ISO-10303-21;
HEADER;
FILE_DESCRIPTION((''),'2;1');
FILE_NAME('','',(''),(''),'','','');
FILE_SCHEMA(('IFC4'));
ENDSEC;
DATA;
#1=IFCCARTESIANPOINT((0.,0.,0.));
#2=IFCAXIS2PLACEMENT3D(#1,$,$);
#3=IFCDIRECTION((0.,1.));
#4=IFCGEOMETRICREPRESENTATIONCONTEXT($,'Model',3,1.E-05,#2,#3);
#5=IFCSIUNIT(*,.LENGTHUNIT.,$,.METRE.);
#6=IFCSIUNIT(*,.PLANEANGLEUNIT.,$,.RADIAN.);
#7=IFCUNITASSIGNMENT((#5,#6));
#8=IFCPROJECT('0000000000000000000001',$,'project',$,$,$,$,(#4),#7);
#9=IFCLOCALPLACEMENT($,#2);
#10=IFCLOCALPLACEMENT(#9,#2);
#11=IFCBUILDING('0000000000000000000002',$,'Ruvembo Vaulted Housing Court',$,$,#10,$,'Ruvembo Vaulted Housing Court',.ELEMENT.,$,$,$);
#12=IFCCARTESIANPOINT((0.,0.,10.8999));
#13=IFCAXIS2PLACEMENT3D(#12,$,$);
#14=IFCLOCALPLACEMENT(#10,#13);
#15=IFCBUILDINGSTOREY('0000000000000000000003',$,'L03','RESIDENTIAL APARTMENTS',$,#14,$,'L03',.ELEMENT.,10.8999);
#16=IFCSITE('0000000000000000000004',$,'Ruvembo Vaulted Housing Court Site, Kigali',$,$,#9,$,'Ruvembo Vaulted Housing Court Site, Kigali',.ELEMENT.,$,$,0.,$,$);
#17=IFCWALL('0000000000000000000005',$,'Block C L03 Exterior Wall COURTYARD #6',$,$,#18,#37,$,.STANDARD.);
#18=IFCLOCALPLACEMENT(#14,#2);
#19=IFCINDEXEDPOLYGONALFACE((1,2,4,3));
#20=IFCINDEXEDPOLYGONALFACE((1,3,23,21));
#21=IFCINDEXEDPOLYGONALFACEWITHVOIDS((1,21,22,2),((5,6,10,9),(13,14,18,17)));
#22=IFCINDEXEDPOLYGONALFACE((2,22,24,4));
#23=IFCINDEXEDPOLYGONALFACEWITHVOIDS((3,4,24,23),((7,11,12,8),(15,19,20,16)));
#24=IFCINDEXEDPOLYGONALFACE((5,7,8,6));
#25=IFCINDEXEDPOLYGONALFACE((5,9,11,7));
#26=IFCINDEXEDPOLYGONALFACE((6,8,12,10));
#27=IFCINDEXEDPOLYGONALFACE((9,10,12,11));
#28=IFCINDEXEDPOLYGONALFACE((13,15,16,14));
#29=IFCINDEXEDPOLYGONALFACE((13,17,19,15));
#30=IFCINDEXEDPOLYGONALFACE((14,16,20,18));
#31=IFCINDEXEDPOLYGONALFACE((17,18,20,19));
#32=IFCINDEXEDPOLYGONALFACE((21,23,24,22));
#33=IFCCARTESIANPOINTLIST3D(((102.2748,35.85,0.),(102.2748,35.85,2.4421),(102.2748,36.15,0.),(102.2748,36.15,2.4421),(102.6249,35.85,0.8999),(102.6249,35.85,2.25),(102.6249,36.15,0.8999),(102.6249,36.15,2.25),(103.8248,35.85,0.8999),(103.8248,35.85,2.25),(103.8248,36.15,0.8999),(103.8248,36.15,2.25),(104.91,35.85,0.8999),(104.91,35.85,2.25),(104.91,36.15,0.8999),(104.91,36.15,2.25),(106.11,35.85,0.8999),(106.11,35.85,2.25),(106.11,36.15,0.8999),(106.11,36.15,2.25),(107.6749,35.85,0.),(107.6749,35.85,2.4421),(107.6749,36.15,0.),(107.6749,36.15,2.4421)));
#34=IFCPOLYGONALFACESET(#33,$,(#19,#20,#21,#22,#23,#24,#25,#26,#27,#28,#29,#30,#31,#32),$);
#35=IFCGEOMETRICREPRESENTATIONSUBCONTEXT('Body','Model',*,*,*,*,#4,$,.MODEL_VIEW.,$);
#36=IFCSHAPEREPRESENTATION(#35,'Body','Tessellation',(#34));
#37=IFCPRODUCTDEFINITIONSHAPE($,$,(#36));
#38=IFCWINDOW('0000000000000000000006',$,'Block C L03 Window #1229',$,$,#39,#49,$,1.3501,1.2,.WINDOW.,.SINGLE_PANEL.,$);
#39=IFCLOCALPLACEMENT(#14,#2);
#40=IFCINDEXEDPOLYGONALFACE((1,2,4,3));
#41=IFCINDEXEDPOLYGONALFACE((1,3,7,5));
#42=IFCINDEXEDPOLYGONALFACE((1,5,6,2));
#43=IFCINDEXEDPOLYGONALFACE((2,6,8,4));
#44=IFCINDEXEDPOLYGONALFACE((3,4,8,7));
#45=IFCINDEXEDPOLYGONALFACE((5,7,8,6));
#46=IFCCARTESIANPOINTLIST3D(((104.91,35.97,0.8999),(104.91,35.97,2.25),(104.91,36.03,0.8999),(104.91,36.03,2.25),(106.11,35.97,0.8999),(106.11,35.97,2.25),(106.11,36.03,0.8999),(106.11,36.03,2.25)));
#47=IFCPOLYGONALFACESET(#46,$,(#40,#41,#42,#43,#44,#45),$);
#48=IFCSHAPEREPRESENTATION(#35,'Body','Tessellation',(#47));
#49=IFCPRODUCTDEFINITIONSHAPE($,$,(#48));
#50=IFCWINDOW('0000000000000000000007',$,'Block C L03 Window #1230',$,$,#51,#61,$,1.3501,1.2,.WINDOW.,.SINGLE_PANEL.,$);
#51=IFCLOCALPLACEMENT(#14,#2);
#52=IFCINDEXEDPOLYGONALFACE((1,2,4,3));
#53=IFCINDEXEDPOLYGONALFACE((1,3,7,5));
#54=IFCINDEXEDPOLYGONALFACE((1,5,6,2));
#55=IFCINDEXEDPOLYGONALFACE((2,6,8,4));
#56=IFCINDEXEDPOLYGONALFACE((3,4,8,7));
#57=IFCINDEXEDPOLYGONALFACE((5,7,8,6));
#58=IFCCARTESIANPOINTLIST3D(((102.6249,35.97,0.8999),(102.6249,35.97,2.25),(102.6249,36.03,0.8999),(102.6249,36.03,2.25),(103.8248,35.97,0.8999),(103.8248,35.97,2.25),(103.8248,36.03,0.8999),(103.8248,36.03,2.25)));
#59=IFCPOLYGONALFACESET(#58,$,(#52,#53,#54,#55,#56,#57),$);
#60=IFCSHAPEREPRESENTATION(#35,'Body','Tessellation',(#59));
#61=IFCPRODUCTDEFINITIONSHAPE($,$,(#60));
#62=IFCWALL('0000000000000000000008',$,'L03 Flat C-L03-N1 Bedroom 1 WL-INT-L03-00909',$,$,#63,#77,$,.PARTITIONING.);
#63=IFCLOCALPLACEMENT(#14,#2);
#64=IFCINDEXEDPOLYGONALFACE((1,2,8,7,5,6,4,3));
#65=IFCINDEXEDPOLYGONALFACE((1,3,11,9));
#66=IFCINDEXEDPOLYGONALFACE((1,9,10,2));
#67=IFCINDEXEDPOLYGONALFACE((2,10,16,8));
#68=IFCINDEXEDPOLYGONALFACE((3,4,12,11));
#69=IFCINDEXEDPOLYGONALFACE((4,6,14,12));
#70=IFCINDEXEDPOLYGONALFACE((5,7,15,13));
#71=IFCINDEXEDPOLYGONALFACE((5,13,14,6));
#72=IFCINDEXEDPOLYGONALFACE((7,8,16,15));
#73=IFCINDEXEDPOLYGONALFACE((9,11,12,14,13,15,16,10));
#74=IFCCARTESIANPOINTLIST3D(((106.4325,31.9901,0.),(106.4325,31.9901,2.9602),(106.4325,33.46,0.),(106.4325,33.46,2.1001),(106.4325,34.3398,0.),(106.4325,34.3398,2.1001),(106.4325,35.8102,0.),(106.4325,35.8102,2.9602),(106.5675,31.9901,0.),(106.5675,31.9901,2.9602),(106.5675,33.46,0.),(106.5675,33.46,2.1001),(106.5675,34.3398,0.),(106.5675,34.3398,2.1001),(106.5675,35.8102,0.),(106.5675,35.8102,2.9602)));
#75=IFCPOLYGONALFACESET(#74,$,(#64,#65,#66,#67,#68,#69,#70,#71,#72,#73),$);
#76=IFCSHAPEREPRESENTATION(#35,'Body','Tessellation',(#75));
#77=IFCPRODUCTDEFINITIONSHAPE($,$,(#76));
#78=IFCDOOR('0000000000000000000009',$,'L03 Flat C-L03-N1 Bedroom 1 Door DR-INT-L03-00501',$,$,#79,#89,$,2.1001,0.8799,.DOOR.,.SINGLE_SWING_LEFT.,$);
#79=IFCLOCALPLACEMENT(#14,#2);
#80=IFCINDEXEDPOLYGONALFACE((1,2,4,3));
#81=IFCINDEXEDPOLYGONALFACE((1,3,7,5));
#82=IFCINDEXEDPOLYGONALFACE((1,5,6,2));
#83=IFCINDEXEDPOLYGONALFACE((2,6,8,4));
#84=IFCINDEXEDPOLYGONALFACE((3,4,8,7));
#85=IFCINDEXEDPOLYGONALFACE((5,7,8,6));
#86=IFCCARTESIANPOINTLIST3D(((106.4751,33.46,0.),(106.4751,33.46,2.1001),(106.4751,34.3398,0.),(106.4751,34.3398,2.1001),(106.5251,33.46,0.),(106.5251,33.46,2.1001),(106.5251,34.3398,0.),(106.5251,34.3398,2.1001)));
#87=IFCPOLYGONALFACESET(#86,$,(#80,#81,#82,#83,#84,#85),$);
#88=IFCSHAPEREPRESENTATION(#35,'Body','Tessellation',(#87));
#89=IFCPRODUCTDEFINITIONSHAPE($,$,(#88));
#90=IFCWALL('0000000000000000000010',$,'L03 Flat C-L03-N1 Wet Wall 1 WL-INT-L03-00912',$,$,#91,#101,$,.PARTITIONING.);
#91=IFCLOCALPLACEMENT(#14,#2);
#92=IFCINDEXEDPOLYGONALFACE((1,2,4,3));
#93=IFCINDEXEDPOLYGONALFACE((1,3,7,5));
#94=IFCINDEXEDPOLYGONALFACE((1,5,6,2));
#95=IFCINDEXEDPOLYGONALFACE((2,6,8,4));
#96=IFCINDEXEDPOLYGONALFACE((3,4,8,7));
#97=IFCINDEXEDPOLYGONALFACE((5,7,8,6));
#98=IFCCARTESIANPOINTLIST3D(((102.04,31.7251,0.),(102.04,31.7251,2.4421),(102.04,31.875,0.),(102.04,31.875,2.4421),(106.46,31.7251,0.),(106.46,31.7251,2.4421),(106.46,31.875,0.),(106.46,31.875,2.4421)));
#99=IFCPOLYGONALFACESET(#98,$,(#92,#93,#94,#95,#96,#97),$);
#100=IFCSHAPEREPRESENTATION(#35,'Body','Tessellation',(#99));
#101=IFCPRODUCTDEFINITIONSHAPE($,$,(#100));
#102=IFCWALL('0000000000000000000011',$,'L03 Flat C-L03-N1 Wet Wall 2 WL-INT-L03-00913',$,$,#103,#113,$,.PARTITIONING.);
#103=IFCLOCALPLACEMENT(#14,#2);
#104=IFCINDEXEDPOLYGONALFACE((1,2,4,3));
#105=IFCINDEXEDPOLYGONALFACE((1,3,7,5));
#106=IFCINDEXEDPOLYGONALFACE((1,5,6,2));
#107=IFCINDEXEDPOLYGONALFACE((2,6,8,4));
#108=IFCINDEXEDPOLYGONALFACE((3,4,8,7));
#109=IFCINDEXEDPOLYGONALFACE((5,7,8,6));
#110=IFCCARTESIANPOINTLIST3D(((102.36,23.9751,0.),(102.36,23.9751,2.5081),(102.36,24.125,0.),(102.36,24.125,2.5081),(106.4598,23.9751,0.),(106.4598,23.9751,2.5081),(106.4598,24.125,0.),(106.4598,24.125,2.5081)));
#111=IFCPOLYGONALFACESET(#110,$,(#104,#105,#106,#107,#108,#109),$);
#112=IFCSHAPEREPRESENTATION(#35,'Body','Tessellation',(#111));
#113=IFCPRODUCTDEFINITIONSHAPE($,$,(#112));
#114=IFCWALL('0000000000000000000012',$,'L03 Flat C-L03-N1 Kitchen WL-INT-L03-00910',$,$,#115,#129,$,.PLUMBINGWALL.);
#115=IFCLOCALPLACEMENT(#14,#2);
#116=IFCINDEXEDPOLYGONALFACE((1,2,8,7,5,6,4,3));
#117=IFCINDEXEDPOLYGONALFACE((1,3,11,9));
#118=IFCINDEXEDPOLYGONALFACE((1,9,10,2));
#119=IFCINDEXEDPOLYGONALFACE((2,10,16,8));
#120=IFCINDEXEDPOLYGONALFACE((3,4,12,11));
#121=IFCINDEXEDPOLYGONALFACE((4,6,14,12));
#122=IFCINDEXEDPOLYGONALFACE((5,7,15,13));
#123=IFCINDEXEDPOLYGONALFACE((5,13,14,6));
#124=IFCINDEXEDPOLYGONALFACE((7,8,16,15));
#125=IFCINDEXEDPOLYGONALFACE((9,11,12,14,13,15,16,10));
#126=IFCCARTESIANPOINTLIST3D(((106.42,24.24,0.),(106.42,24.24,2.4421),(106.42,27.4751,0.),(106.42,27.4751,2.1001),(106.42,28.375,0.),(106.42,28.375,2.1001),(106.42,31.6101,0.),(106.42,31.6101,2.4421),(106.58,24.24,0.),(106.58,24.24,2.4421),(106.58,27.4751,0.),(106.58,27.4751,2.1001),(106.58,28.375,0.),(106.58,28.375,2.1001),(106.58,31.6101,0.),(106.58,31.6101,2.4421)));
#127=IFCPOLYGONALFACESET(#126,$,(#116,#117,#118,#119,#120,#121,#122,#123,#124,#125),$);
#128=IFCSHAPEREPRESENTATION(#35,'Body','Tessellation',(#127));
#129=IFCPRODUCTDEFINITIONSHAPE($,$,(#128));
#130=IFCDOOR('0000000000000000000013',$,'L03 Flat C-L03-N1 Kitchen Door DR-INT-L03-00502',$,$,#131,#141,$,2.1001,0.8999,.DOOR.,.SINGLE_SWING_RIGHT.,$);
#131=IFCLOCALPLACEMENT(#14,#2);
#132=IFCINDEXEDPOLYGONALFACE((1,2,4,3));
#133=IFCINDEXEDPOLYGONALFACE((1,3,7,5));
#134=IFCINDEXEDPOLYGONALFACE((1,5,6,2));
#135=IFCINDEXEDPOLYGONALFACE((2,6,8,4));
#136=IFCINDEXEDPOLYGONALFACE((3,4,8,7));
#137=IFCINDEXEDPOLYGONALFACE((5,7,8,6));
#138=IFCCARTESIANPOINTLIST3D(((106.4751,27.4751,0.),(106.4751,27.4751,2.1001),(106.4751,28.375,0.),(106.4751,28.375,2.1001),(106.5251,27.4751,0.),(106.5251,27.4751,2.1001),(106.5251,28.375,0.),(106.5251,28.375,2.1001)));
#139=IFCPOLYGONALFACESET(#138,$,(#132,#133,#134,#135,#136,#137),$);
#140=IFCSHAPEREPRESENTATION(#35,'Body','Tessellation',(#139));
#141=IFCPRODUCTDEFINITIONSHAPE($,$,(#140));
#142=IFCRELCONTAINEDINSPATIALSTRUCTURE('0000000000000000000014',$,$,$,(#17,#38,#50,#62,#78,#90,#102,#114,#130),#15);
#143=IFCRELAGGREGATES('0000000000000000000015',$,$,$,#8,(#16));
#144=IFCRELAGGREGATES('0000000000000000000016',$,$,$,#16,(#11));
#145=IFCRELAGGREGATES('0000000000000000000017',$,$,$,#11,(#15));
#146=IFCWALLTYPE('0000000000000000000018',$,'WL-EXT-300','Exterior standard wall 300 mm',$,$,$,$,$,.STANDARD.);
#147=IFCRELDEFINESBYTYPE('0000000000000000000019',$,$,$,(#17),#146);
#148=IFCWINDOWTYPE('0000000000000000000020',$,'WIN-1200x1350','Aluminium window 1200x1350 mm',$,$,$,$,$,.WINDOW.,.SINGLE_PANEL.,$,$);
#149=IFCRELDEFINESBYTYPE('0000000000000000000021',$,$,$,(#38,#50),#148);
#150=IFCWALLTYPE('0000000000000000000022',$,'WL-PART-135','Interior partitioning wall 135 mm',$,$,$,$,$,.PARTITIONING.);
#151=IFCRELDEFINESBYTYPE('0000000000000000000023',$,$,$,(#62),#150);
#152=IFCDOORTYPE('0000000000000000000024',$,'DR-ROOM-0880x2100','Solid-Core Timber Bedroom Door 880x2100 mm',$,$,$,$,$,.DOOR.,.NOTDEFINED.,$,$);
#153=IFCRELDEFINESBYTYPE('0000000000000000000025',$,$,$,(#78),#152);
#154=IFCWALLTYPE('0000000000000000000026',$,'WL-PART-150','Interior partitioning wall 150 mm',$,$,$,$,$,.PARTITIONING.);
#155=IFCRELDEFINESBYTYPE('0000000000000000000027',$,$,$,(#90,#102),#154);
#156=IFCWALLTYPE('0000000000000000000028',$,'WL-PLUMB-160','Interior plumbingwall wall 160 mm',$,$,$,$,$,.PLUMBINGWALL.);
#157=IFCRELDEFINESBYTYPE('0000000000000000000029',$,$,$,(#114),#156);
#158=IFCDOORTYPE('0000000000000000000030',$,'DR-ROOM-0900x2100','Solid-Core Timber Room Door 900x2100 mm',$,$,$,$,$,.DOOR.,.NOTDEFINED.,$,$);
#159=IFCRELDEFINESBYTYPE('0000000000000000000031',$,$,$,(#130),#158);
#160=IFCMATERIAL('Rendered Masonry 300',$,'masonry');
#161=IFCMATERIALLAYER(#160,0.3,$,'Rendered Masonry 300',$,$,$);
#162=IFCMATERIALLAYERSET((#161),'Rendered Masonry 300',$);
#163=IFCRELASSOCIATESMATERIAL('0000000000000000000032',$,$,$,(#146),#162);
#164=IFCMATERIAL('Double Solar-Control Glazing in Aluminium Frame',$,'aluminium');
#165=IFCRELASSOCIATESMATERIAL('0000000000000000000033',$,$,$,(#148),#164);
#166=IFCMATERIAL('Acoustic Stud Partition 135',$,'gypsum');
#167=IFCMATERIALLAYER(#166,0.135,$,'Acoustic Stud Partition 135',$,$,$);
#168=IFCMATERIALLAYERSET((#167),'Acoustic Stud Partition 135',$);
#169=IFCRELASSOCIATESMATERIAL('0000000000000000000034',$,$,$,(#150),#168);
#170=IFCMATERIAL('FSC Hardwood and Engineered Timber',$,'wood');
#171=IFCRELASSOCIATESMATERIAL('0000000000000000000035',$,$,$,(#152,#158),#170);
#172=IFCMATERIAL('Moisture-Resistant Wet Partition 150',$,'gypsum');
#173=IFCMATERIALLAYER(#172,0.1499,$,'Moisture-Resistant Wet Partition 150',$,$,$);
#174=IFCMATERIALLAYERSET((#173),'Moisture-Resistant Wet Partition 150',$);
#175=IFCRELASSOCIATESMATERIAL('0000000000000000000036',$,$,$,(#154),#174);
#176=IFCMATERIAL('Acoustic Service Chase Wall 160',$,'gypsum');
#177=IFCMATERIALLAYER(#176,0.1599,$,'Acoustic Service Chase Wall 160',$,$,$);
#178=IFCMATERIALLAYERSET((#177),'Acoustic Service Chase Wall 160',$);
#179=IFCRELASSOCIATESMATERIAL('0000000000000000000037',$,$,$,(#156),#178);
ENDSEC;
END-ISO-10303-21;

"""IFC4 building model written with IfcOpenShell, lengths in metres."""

from ifc_helpers import new_model, si_unit, direction, frame, frame_2d, origin, place, context, subcontext, project, spatial, rectangle, extrude, material, layer, layer_set, type_object, element, fill, save


model = new_model("IFC4")

# Units and contexts
model_context = context("Model", 3, precision=1e-05, world=origin(), true_north=direction((0.0, 1.0)))
body_context = subcontext(model_context, "Body", "Model", "MODEL_VIEW")
ifc_project = project(units=[si_unit("LENGTHUNIT", "METRE"), si_unit("PLANEANGLEUNIT", "RADIAN")], contexts=[model_context])

# Site, building, storey
site_placement = place(None, origin())
site = spatial("IfcSite", under=ifc_project, at=site_placement, Name="Ruvembo Vaulted Housing Court Site, Kigali", LongName="Ruvembo Vaulted Housing Court Site, Kigali", CompositionType="ELEMENT", RefElevation=0.0)
building_placement = place(site_placement, origin())
building = spatial("IfcBuilding", under=site, at=building_placement, Name="Ruvembo Vaulted Housing Court", LongName="Ruvembo Vaulted Housing Court", CompositionType="ELEMENT")
storey_placement = place(building_placement, frame((0.0, 0.0, 10.8999)))
storey = spatial("IfcBuildingStorey", under=building, at=storey_placement, Name="L03", Description="RESIDENTIAL APARTMENTS", LongName="L03", CompositionType="ELEMENT", Elevation=10.8999)

# Wall, openings, windows
ifc_material_1 = material(Name="Rendered Masonry 300", Category="masonry")
ifc_layer_1 = layer(ifc_material_1, 0.3, Name="Rendered Masonry 300")
ifc_layer_set_1 = layer_set([ifc_layer_1], Name="Rendered Masonry 300")
wall_type_1 = type_object("IfcWallType", Name="WL-EXT-300", Description="Exterior standard wall 300 mm", PredefinedType="STANDARD", material=ifc_layer_set_1)
ifc_material_2 = material(Name="Double Solar-Control Glazing in Aluminium Frame", Category="aluminium")
wall_1_placement = place(storey_placement, frame((107.675, 36.0, 0.0), z_axis=(0.0, 0.0, 1.0), x_axis=(-1.0, 0.0, 0.0)))
wall_1 = element("IfcWall", 1, at=wall_1_placement, inside=storey, type_object=wall_type_1, Name="Block C L03 Exterior Wall COURTYARD #6", PredefinedType="STANDARD", context=body_context, shape_type="SweptSolid", body=[
    extrude(rectangle(XDim=5.4001, YDim=0.3, at=frame_2d((2.7002, 0.0))), origin(), (0.0, 0.0, 1.0), 2.4421),
])
opening_1_placement = place(wall_1_placement, frame((1.5649, 0.0, 0.8999)))
opening_1 = element("IfcOpeningElement", 2, at=opening_1_placement, cuts=wall_1, PredefinedType="OPENING", context=body_context, shape_type="SweptSolid", body=[
    extrude(rectangle(XDim=1.2, YDim=1.3501, at=frame_2d((0.6001, 0.675))), frame((0.0, 0.1599, 0.0), z_axis=(0.0, -1.0, 0.0), x_axis=(1.0, 0.0, 0.0)), (0.0, 0.0, 1.0), 0.3201),
])
opening_2_placement = place(wall_1_placement, frame((3.8501, 0.0, 0.8999)))
opening_2 = element("IfcOpeningElement", 3, at=opening_2_placement, cuts=wall_1, PredefinedType="OPENING", context=body_context, shape_type="SweptSolid", body=[
    extrude(rectangle(XDim=1.2, YDim=1.3501, at=frame_2d((0.6001, 0.675))), frame((0.0, 0.1599, 0.0), z_axis=(0.0, -1.0, 0.0), x_axis=(1.0, 0.0, 0.0)), (0.0, 0.0, 1.0), 0.3201),
])
window_type_1 = type_object("IfcWindowType", Name="WIN-1200x1350", Description="Aluminium window 1200x1350 mm", PartitioningType="SINGLE_PANEL", PredefinedType="WINDOW", material=ifc_material_2)
window_1_placement = place(opening_1_placement, origin())
window_1 = element("IfcWindow", 4, at=window_1_placement, inside=storey, type_object=window_type_1, Name="Block C L03 Window #1229", OverallHeight=1.3501, OverallWidth=1.2, PartitioningType="SINGLE_PANEL", PredefinedType="WINDOW", context=body_context, shape_type="SweptSolid", body=[
    extrude(rectangle(XDim=1.2, YDim=1.3501, at=frame_2d((0.6001, 0.675))), frame((0.0, 0.03, 0.0), z_axis=(0.0, -1.0, 0.0), x_axis=(1.0, 0.0, 0.0)), (0.0, 0.0, 1.0), 0.0601),
])
fill(opening_1, window_1)
window_2_placement = place(opening_2_placement, origin())
window_2 = element("IfcWindow", 5, at=window_2_placement, inside=storey, type_object=window_type_1, Name="Block C L03 Window #1230", OverallHeight=1.3501, OverallWidth=1.2, PartitioningType="SINGLE_PANEL", PredefinedType="WINDOW", context=body_context, shape_type="SweptSolid", body=[
    extrude(rectangle(XDim=1.2, YDim=1.3501, at=frame_2d((0.6001, 0.675))), frame((0.0, 0.03, 0.0), z_axis=(0.0, -1.0, 0.0), x_axis=(1.0, 0.0, 0.0)), (0.0, 0.0, 1.0), 0.0601),
])
fill(opening_2, window_2)

# Wall, opening, door
ifc_material_3 = material(Name="Acoustic Stud Partition 135", Category="gypsum")
ifc_layer_2 = layer(ifc_material_3, 0.135, Name="Acoustic Stud Partition 135")
ifc_layer_set_2 = layer_set([ifc_layer_2], Name="Acoustic Stud Partition 135")
wall_type_2 = type_object("IfcWallType", Name="WL-PART-135", Description="Interior partitioning wall 135 mm", PredefinedType="PARTITIONING", material=ifc_layer_set_2)
wall_2_placement = place(storey_placement, frame((106.5, 31.99, 0.0), z_axis=(0.0, 0.0, 1.0), x_axis=(0.0, 1.0, 0.0)))
wall_2 = element("IfcWall", 6, at=wall_2_placement, inside=storey, type_object=wall_type_2, Name="L03 Flat C-L03-N1 Bedroom 1 WL-INT-L03-00909", PredefinedType="PARTITIONING", context=body_context, shape_type="SweptSolid", body=[
    extrude(rectangle(XDim=3.8201, YDim=0.135, at=frame_2d((1.9102, 0.0))), origin(), (0.0, 0.0, 1.0), 2.9602),
])
opening_3_placement = place(wall_2_placement, frame((1.47, 0.0, 0.0)))
opening_3 = element("IfcOpeningElement", 7, at=opening_3_placement, cuts=wall_2, PredefinedType="OPENING", context=body_context, shape_type="SweptSolid", body=[
    extrude(rectangle(XDim=0.8799, YDim=2.1001, at=frame_2d((0.4399, 1.05))), frame((0.0, 0.0774, 0.0), z_axis=(0.0, -1.0, 0.0), x_axis=(1.0, 0.0, 0.0)), (0.0, 0.0, 1.0), 0.155),
])
ifc_material_4 = material(Name="FSC Hardwood and Engineered Timber", Category="wood")
door_type_1 = type_object("IfcDoorType", Name="DR-ROOM-0880x2100", Description="Solid-Core Timber Bedroom Door 880x2100 mm", OperationType="NOTDEFINED", PredefinedType="DOOR", material=ifc_material_4)
door_1_placement = place(opening_3_placement, origin())
door_1 = element("IfcDoor", 8, at=door_1_placement, inside=storey, type_object=door_type_1, Name="L03 Flat C-L03-N1 Bedroom 1 Door DR-INT-L03-00501", OperationType="SINGLE_SWING_LEFT", OverallHeight=2.1001, OverallWidth=0.8799, PredefinedType="DOOR", context=body_context, shape_type="SweptSolid", body=[
    extrude(rectangle(XDim=0.8799, YDim=2.1001, at=frame_2d((0.4399, 1.05))), frame((0.0, 0.0249, 0.0), z_axis=(0.0, -1.0, 0.0), x_axis=(1.0, 0.0, 0.0)), (0.0, 0.0, 1.0), 0.05),
])
fill(opening_3, door_1)

# Walls
ifc_material_5 = material(Name="Moisture-Resistant Wet Partition 150", Category="gypsum")
ifc_layer_3 = layer(ifc_material_5, 0.1499, Name="Moisture-Resistant Wet Partition 150")
ifc_layer_set_3 = layer_set([ifc_layer_3], Name="Moisture-Resistant Wet Partition 150")
wall_type_3 = type_object("IfcWallType", Name="WL-PART-150", Description="Interior partitioning wall 150 mm", PredefinedType="PARTITIONING", material=ifc_layer_set_3)
wall_3_placement = place(storey_placement, frame((102.04, 31.8, 0.0), z_axis=(0.0, 0.0, 1.0), x_axis=(1.0, 0.0, 0.0)))
element("IfcWall", 9, at=wall_3_placement, inside=storey, type_object=wall_type_3, Name="L03 Flat C-L03-N1 Wet Wall 1 WL-INT-L03-00912", PredefinedType="PARTITIONING", context=body_context, shape_type="SweptSolid", body=[
    extrude(rectangle(XDim=4.4199, YDim=0.1499, at=frame_2d((2.21, 0.0))), origin(), (0.0, 0.0, 1.0), 2.4421),
])
wall_4_placement = place(storey_placement, frame((102.3601, 24.05, 0.0), z_axis=(0.0, 0.0, 1.0), x_axis=(1.0, 0.0, 0.0)))
element("IfcWall", 10, at=wall_4_placement, inside=storey, type_object=wall_type_3, Name="L03 Flat C-L03-N1 Wet Wall 2 WL-INT-L03-00913", PredefinedType="PARTITIONING", context=body_context, shape_type="SweptSolid", body=[
    extrude(rectangle(XDim=4.0999, YDim=0.1499, at=frame_2d((2.0498, 0.0))), origin(), (0.0, 0.0, 1.0), 2.5081),
])

# Wall, opening, door
ifc_material_6 = material(Name="Acoustic Service Chase Wall 160", Category="gypsum")
ifc_layer_4 = layer(ifc_material_6, 0.1599, Name="Acoustic Service Chase Wall 160")
ifc_layer_set_4 = layer_set([ifc_layer_4], Name="Acoustic Service Chase Wall 160")
wall_type_4 = type_object("IfcWallType", Name="WL-PLUMB-160", Description="Interior plumbingwall wall 160 mm", PredefinedType="PLUMBINGWALL", material=ifc_layer_set_4)
wall_5_placement = place(storey_placement, frame((106.5, 24.24, 0.0), z_axis=(0.0, 0.0, 1.0), x_axis=(0.0, 1.0, 0.0)))
wall_5 = element("IfcWall", 11, at=wall_5_placement, inside=storey, type_object=wall_type_4, Name="L03 Flat C-L03-N1 Kitchen WL-INT-L03-00910", PredefinedType="PLUMBINGWALL", context=body_context, shape_type="SweptSolid", body=[
    extrude(rectangle(XDim=7.3701, YDim=0.1599, at=frame_2d((3.6851, 0.0))), origin(), (0.0, 0.0, 1.0), 2.4421),
])
opening_4_placement = place(wall_5_placement, frame((3.2351, 0.0, 0.0)))
opening_4 = element("IfcOpeningElement", 12, at=opening_4_placement, cuts=wall_5, PredefinedType="OPENING", context=body_context, shape_type="SweptSolid", body=[
    extrude(rectangle(XDim=0.8999, YDim=2.1001, at=frame_2d((0.45, 1.05))), frame((0.0, 0.0898, 0.0), z_axis=(0.0, -1.0, 0.0), x_axis=(1.0, 0.0, 0.0)), (0.0, 0.0, 1.0), 0.1799),
])
door_type_2 = type_object("IfcDoorType", Name="DR-ROOM-0900x2100", Description="Solid-Core Timber Room Door 900x2100 mm", OperationType="NOTDEFINED", PredefinedType="DOOR", material=ifc_material_4)
door_2_placement = place(opening_4_placement, origin())
door_2 = element("IfcDoor", 13, at=door_2_placement, inside=storey, type_object=door_type_2, Name="L03 Flat C-L03-N1 Kitchen Door DR-INT-L03-00502", OperationType="SINGLE_SWING_RIGHT", OverallHeight=2.1001, OverallWidth=0.8999, PredefinedType="DOOR", context=body_context, shape_type="SweptSolid", body=[
    extrude(rectangle(XDim=0.8999, YDim=2.1001, at=frame_2d((0.45, 1.05))), frame((0.0, 0.0249, 0.0), z_axis=(0.0, -1.0, 0.0), x_axis=(1.0, 0.0, 0.0)), (0.0, 0.0, 1.0), 0.05),
])
fill(opening_4, door_2)

save(model, "model.ifc")
